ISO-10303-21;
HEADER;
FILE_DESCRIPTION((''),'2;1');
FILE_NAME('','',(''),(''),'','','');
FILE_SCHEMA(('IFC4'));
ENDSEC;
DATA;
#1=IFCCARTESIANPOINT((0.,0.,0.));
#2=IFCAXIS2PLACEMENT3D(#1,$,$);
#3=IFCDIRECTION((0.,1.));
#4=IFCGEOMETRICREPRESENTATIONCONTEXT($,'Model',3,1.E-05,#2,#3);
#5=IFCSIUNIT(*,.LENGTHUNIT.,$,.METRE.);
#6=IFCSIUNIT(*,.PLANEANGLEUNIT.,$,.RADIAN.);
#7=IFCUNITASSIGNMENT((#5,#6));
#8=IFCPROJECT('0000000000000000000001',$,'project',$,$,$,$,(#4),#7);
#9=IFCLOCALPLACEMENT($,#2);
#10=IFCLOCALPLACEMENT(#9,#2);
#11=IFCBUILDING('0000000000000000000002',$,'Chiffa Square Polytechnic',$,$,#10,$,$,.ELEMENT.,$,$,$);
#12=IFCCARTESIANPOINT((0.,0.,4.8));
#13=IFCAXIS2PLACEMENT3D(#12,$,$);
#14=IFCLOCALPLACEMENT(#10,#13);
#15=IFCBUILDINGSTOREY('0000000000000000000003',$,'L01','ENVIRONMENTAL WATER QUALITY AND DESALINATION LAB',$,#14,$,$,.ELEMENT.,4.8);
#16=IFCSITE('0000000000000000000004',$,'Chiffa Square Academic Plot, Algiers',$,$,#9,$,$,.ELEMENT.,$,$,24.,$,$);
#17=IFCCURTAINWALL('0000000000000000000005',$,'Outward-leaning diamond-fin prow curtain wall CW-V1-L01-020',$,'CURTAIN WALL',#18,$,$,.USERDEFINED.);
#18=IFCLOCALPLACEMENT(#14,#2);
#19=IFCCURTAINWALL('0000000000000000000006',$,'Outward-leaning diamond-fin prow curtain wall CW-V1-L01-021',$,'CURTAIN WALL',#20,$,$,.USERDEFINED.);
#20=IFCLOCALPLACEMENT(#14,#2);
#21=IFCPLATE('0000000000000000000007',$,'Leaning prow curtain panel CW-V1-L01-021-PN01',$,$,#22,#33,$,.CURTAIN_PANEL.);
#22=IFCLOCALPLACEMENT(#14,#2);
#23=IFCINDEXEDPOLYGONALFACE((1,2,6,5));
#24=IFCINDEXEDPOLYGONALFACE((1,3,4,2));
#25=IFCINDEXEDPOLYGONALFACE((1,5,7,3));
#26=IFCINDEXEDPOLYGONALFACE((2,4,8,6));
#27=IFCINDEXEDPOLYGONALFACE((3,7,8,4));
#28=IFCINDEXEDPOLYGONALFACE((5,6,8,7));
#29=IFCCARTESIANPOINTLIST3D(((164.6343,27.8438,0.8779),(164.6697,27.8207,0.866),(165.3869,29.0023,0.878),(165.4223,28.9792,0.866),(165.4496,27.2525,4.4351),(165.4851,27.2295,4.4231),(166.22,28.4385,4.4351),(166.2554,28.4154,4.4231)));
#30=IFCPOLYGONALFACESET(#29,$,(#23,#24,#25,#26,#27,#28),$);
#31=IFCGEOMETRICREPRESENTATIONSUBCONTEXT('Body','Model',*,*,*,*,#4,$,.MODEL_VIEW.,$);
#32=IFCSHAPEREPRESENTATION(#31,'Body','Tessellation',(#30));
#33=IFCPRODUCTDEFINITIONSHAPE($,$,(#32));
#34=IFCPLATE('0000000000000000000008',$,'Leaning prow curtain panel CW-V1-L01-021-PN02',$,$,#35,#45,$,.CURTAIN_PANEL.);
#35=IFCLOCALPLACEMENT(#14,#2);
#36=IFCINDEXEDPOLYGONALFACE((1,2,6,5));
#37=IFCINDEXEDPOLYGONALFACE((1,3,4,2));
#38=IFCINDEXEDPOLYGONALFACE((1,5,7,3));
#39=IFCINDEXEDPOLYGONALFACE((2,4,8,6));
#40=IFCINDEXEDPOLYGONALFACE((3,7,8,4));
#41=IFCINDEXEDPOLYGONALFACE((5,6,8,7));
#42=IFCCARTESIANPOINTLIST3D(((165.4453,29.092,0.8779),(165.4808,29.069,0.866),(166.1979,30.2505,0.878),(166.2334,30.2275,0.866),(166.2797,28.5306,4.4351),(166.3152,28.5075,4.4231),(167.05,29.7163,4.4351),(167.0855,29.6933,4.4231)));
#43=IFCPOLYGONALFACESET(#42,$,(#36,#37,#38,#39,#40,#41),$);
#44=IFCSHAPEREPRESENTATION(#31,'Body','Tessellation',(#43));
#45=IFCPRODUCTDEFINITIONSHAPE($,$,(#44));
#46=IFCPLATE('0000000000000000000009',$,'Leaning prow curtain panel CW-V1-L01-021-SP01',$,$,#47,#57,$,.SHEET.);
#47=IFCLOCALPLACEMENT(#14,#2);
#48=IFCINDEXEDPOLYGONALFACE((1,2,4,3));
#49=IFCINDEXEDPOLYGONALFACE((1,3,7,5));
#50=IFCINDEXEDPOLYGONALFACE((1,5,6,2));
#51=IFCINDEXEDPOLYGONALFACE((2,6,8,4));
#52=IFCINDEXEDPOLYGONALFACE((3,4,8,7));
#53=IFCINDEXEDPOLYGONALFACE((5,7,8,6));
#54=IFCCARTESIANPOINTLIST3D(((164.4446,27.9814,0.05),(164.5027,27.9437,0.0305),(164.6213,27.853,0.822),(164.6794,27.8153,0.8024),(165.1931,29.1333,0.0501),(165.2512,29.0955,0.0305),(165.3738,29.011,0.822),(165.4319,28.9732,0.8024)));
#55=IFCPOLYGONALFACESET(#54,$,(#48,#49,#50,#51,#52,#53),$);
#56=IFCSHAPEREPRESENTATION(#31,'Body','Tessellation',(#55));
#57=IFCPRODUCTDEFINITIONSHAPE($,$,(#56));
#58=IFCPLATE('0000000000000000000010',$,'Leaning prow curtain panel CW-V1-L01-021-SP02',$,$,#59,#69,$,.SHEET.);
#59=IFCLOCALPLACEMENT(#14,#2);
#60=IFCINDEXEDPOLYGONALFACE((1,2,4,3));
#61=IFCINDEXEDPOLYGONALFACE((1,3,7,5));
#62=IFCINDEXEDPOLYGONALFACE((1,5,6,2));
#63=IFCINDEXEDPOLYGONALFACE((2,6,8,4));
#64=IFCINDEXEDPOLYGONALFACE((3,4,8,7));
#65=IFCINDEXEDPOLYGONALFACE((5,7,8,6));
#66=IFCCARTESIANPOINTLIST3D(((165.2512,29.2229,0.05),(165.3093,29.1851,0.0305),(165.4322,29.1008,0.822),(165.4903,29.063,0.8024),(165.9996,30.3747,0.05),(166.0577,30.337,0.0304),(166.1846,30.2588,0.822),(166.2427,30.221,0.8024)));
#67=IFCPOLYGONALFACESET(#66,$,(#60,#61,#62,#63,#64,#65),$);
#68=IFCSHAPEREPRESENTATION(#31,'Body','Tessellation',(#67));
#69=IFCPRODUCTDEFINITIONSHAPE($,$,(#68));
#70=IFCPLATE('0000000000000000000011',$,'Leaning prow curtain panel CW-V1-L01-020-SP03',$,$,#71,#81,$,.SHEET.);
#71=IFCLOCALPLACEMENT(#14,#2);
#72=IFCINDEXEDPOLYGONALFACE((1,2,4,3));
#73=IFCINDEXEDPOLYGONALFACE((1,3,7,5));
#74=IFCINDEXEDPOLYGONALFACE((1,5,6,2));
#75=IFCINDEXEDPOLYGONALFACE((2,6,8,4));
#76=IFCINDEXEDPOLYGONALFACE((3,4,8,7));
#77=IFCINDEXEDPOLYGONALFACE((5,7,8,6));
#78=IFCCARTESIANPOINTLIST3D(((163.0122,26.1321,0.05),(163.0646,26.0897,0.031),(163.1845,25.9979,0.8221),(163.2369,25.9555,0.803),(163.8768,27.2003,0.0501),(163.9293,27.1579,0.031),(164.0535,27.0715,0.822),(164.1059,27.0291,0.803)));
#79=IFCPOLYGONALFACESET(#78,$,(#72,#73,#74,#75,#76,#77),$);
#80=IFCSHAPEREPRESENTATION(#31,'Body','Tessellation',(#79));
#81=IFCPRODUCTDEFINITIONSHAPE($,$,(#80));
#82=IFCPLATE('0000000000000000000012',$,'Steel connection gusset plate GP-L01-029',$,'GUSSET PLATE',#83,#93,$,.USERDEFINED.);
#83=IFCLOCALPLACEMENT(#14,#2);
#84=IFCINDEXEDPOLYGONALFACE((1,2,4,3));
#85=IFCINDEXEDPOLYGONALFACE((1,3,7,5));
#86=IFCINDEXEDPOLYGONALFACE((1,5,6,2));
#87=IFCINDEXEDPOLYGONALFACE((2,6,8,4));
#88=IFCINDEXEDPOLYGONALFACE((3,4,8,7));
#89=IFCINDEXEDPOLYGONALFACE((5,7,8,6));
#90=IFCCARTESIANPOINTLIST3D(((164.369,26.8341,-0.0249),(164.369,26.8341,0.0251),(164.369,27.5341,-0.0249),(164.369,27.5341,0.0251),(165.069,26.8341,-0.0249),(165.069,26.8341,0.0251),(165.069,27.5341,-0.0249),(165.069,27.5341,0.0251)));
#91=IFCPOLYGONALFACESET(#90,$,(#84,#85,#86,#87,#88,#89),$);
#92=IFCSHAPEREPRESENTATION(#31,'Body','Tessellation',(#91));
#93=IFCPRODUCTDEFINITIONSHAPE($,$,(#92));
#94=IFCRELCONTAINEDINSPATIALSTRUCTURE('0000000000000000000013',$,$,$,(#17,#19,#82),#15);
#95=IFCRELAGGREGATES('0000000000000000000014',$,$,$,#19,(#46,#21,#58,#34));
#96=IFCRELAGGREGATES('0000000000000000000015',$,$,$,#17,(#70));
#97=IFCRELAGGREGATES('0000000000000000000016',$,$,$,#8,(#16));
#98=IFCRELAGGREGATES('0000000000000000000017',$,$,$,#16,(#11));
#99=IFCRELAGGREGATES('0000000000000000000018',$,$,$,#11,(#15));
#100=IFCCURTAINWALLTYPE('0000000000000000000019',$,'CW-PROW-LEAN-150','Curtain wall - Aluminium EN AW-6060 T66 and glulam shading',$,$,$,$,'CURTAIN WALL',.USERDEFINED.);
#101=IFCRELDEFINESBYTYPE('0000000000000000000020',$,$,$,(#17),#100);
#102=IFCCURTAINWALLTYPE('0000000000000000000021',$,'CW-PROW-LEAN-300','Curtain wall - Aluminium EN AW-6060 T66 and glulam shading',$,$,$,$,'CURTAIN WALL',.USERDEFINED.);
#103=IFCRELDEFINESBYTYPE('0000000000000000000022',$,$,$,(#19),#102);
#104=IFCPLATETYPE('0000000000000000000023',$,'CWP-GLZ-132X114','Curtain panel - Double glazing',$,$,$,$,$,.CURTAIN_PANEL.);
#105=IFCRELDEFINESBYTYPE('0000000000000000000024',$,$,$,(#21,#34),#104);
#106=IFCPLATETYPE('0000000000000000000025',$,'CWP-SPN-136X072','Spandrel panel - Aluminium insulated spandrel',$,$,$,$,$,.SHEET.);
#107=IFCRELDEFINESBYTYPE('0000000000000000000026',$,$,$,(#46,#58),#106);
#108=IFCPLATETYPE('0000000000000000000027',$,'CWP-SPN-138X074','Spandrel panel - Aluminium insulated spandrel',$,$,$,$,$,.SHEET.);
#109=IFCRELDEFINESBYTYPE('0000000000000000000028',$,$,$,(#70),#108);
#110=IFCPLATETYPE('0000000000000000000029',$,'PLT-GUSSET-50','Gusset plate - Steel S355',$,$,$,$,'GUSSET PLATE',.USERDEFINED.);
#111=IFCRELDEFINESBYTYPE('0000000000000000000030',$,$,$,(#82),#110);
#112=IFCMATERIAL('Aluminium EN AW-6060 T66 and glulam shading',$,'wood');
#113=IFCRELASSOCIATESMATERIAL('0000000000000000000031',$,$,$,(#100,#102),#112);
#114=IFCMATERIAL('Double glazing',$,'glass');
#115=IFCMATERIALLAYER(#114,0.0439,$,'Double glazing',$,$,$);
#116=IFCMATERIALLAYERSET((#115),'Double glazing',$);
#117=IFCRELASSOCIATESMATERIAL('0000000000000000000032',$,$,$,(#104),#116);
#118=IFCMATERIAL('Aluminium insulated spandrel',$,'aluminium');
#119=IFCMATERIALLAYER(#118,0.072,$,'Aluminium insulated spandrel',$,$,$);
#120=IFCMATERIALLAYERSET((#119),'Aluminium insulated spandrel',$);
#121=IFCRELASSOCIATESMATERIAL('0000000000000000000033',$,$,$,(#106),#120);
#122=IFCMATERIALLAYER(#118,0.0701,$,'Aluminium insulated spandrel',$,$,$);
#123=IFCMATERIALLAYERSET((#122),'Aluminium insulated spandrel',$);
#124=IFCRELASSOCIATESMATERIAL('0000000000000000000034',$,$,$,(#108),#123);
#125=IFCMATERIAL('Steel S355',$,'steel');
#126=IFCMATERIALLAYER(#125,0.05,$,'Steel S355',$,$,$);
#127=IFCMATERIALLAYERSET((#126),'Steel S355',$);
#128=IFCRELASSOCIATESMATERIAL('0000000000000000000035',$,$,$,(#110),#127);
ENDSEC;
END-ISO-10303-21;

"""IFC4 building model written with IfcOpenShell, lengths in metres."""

from ifc_helpers import new_model, si_unit, direction, frame, origin, origin_2d, place, context, subcontext, project, spatial, polyline, rectangle, outline, extrude, material, layer, layer_set, type_object, element, aggregate, save


model = new_model("IFC4")

# Units and contexts
model_context = context("Model", 3, precision=1e-05, world=origin(), true_north=direction((0.0, 1.0)))
body_context = subcontext(model_context, "Body", "Model", "MODEL_VIEW")
ifc_project = project(units=[si_unit("LENGTHUNIT", "METRE"), si_unit("PLANEANGLEUNIT", "RADIAN")], contexts=[model_context])

# Site, building, storey
site_placement = place(None, origin())
site = spatial("IfcSite", under=ifc_project, at=site_placement, Name="Chiffa Square Academic Plot, Algiers", CompositionType="ELEMENT", RefElevation=24.0)
building_placement = place(site_placement, origin())
building = spatial("IfcBuilding", under=site, at=building_placement, Name="Chiffa Square Polytechnic", CompositionType="ELEMENT")
storey_placement = place(building_placement, frame((0.0, 0.0, 4.8)))
storey = spatial("IfcBuildingStorey", under=building, at=storey_placement, Name="L01", Description="ENVIRONMENTAL WATER QUALITY AND DESALINATION LAB", CompositionType="ELEMENT", Elevation=4.8)

# Shared definitions
ifc_material_1 = material(Name="Steel S355", Category="steel")

# Curtain walls
ifc_material_2 = material(Name="Aluminium EN AW-6060 T66 and glulam shading", Category="wood")
curtain_wall_type_1 = type_object("IfcCurtainWallType", Name="CW-PROW-LEAN-150", Description="Curtain wall - Aluminium EN AW-6060 T66 and glulam shading", ElementType="CURTAIN WALL", PredefinedType="USERDEFINED", material=ifc_material_2)
curtain_wall_1_placement = place(storey_placement, origin())
curtain_wall_1 = element("IfcCurtainWall", 1, at=curtain_wall_1_placement, inside=storey, type_object=curtain_wall_type_1, Name="Outward-leaning diamond-fin prow curtain wall CW-V1-L01-020", ObjectType="CURTAIN WALL", PredefinedType="USERDEFINED")
curtain_wall_type_2 = type_object("IfcCurtainWallType", Name="CW-PROW-LEAN-300", Description="Curtain wall - Aluminium EN AW-6060 T66 and glulam shading", ElementType="CURTAIN WALL", PredefinedType="USERDEFINED", material=ifc_material_2)
curtain_wall_2_placement = place(storey_placement, origin())
curtain_wall_2 = element("IfcCurtainWall", 2, at=curtain_wall_2_placement, inside=storey, type_object=curtain_wall_type_2, Name="Outward-leaning diamond-fin prow curtain wall CW-V1-L01-021", ObjectType="CURTAIN WALL", PredefinedType="USERDEFINED")

# Plates
ifc_material_3 = material(Name="Double glazing", Category="glass")
ifc_layer_1 = layer(ifc_material_3, 0.0439, Name="Double glazing")
ifc_layer_set_1 = layer_set([ifc_layer_1], Name="Double glazing")
plate_type_1 = type_object("IfcPlateType", Name="CWP-GLZ-132X114", Description="Curtain panel - Double glazing", PredefinedType="CURTAIN_PANEL", material=ifc_layer_set_1)
plate_1_placement = place(storey_placement, frame((164.6343, 27.8438, 0.8779), z_axis=(-0.806963, 0.524194, 0.272086), x_axis=(0.544752, 0.838597, 0.000027)))
plate_1 = element("IfcPlate", 3, at=plate_1_placement, type_object=plate_type_1, Name="Leaning prow curtain panel CW-V1-L01-021-PN01", PredefinedType="CURTAIN_PANEL", context=body_context, shape_type="SweptSolid", body=[
    extrude(outline(polyline([(0.0, 0.0), (1.3815, 0.0), (1.3626, -3.6966), (-0.0516, -3.6966), (0.0, 0.0)])), origin(), (0.0, 0.0, -1.0), 0.0439),
])
plate_2_placement = place(storey_placement, frame((165.4453, 29.092, 0.8779), z_axis=(-0.80695, 0.52424, 0.272038), x_axis=(0.544789, 0.838573, 0.000015)))
plate_2 = element("IfcPlate", 4, at=plate_2_placement, type_object=plate_type_1, Name="Leaning prow curtain panel CW-V1-L01-021-PN02", PredefinedType="CURTAIN_PANEL", context=body_context, shape_type="SweptSolid", body=[
    extrude(outline(polyline([(0.0, 0.0), (1.3815, 0.0), (1.3978, -3.6965), (-0.0162, -3.6966), (0.0, 0.0)])), origin(), (0.0, 0.0, -1.0), 0.0439),
])
ifc_material_4 = material(Name="Aluminium insulated spandrel", Category="aluminium")
ifc_layer_2 = layer(ifc_material_4, 0.072, Name="Aluminium insulated spandrel")
ifc_layer_set_2 = layer_set([ifc_layer_2], Name="Aluminium insulated spandrel")
plate_type_2 = type_object("IfcPlateType", Name="CWP-SPN-136X072", Description="Spandrel panel - Aluminium insulated spandrel", PredefinedType="SHEET", material=ifc_layer_set_2)
plate_3_placement = place(storey_placement, frame((164.4446, 27.9814, 0.05), z_axis=(-0.806908, 0.524349, 0.271951), x_axis=(0.544887, 0.83851, 0.000005)))
plate_3 = element("IfcPlate", 5, at=plate_3_placement, type_object=plate_type_2, Name="Leaning prow curtain panel CW-V1-L01-021-SP01", PredefinedType="SHEET", context=body_context, shape_type="SweptSolid", body=[
    extrude(outline(polyline([(0.0, 0.0), (1.3737, 0.0), (1.3696, -0.8022), (-0.0114, -0.8022), (0.0, 0.0)])), origin(), (0.0, 0.0, -1.0), 0.072),
])
plate_4_placement = place(storey_placement, frame((165.2512, 29.2229, 0.05), z_axis=(-0.806913, 0.524267, 0.272094), x_axis=(0.54482, 0.838553, -0.000015)))
plate_4 = element("IfcPlate", 6, at=plate_4_placement, type_object=plate_type_2, Name="Leaning prow curtain panel CW-V1-L01-021-SP02", PredefinedType="SHEET", context=body_context, shape_type="SweptSolid", body=[
    extrude(outline(polyline([(0.0, 0.0), (1.3736, 0.0), (1.3771, -0.8023), (-0.0038, -0.8022), (0.0, 0.0)])), origin(), (0.0, 0.0, -1.0), 0.072),
])
aggregate(curtain_wall_2, [plate_3, plate_1, plate_4, plate_2])
ifc_layer_3 = layer(ifc_material_4, 0.0701, Name="Aluminium insulated spandrel")
ifc_layer_set_3 = layer_set([ifc_layer_3], Name="Aluminium insulated spandrel")
plate_type_3 = type_object("IfcPlateType", Name="CWP-SPN-138X074", Description="Spandrel panel - Aluminium insulated spandrel", PredefinedType="SHEET", material=ifc_layer_set_3)
plate_5_placement = place(storey_placement, frame((163.0122, 26.1321, 0.05), z_axis=(-0.747955, 0.605406, 0.272114), x_axis=(0.629154, 0.777281, 0.000029)))
plate_5 = element("IfcPlate", 7, at=plate_5_placement, type_object=plate_type_3, Name="Leaning prow curtain panel CW-V1-L01-020-SP03", PredefinedType="SHEET", context=body_context, shape_type="SweptSolid", body=[
    extrude(outline(polyline([(0.0, 0.0), (1.3743, 0.0), (1.3854, -0.8022), (0.0041, -0.8023), (0.0, 0.0)])), origin(), (0.0, 0.0, -1.0), 0.0701),
])
aggregate(curtain_wall_1, [plate_5])
ifc_layer_4 = layer(ifc_material_1, 0.05, Name="Steel S355")
ifc_layer_set_4 = layer_set([ifc_layer_4], Name="Steel S355")
plate_type_4 = type_object("IfcPlateType", Name="PLT-GUSSET-50", Description="Gusset plate - Steel S355", ElementType="GUSSET PLATE", PredefinedType="USERDEFINED", material=ifc_layer_set_4)
plate_6_placement = place(storey_placement, frame((164.719, 27.1841, -0.0249), z_axis=(0.0, 0.0, 1.0), x_axis=(1.0, 0.0, 0.0)))
element("IfcPlate", 8, at=plate_6_placement, inside=storey, type_object=plate_type_4, Name="Steel connection gusset plate GP-L01-029", ObjectType="GUSSET PLATE", PredefinedType="USERDEFINED", context=body_context, shape_type="SweptSolid", body=[
    extrude(rectangle(XDim=0.7, YDim=0.7, at=origin_2d()), origin(), (0.0, 0.0, 1.0), 0.05),
])

save(model, "model.ifc")
